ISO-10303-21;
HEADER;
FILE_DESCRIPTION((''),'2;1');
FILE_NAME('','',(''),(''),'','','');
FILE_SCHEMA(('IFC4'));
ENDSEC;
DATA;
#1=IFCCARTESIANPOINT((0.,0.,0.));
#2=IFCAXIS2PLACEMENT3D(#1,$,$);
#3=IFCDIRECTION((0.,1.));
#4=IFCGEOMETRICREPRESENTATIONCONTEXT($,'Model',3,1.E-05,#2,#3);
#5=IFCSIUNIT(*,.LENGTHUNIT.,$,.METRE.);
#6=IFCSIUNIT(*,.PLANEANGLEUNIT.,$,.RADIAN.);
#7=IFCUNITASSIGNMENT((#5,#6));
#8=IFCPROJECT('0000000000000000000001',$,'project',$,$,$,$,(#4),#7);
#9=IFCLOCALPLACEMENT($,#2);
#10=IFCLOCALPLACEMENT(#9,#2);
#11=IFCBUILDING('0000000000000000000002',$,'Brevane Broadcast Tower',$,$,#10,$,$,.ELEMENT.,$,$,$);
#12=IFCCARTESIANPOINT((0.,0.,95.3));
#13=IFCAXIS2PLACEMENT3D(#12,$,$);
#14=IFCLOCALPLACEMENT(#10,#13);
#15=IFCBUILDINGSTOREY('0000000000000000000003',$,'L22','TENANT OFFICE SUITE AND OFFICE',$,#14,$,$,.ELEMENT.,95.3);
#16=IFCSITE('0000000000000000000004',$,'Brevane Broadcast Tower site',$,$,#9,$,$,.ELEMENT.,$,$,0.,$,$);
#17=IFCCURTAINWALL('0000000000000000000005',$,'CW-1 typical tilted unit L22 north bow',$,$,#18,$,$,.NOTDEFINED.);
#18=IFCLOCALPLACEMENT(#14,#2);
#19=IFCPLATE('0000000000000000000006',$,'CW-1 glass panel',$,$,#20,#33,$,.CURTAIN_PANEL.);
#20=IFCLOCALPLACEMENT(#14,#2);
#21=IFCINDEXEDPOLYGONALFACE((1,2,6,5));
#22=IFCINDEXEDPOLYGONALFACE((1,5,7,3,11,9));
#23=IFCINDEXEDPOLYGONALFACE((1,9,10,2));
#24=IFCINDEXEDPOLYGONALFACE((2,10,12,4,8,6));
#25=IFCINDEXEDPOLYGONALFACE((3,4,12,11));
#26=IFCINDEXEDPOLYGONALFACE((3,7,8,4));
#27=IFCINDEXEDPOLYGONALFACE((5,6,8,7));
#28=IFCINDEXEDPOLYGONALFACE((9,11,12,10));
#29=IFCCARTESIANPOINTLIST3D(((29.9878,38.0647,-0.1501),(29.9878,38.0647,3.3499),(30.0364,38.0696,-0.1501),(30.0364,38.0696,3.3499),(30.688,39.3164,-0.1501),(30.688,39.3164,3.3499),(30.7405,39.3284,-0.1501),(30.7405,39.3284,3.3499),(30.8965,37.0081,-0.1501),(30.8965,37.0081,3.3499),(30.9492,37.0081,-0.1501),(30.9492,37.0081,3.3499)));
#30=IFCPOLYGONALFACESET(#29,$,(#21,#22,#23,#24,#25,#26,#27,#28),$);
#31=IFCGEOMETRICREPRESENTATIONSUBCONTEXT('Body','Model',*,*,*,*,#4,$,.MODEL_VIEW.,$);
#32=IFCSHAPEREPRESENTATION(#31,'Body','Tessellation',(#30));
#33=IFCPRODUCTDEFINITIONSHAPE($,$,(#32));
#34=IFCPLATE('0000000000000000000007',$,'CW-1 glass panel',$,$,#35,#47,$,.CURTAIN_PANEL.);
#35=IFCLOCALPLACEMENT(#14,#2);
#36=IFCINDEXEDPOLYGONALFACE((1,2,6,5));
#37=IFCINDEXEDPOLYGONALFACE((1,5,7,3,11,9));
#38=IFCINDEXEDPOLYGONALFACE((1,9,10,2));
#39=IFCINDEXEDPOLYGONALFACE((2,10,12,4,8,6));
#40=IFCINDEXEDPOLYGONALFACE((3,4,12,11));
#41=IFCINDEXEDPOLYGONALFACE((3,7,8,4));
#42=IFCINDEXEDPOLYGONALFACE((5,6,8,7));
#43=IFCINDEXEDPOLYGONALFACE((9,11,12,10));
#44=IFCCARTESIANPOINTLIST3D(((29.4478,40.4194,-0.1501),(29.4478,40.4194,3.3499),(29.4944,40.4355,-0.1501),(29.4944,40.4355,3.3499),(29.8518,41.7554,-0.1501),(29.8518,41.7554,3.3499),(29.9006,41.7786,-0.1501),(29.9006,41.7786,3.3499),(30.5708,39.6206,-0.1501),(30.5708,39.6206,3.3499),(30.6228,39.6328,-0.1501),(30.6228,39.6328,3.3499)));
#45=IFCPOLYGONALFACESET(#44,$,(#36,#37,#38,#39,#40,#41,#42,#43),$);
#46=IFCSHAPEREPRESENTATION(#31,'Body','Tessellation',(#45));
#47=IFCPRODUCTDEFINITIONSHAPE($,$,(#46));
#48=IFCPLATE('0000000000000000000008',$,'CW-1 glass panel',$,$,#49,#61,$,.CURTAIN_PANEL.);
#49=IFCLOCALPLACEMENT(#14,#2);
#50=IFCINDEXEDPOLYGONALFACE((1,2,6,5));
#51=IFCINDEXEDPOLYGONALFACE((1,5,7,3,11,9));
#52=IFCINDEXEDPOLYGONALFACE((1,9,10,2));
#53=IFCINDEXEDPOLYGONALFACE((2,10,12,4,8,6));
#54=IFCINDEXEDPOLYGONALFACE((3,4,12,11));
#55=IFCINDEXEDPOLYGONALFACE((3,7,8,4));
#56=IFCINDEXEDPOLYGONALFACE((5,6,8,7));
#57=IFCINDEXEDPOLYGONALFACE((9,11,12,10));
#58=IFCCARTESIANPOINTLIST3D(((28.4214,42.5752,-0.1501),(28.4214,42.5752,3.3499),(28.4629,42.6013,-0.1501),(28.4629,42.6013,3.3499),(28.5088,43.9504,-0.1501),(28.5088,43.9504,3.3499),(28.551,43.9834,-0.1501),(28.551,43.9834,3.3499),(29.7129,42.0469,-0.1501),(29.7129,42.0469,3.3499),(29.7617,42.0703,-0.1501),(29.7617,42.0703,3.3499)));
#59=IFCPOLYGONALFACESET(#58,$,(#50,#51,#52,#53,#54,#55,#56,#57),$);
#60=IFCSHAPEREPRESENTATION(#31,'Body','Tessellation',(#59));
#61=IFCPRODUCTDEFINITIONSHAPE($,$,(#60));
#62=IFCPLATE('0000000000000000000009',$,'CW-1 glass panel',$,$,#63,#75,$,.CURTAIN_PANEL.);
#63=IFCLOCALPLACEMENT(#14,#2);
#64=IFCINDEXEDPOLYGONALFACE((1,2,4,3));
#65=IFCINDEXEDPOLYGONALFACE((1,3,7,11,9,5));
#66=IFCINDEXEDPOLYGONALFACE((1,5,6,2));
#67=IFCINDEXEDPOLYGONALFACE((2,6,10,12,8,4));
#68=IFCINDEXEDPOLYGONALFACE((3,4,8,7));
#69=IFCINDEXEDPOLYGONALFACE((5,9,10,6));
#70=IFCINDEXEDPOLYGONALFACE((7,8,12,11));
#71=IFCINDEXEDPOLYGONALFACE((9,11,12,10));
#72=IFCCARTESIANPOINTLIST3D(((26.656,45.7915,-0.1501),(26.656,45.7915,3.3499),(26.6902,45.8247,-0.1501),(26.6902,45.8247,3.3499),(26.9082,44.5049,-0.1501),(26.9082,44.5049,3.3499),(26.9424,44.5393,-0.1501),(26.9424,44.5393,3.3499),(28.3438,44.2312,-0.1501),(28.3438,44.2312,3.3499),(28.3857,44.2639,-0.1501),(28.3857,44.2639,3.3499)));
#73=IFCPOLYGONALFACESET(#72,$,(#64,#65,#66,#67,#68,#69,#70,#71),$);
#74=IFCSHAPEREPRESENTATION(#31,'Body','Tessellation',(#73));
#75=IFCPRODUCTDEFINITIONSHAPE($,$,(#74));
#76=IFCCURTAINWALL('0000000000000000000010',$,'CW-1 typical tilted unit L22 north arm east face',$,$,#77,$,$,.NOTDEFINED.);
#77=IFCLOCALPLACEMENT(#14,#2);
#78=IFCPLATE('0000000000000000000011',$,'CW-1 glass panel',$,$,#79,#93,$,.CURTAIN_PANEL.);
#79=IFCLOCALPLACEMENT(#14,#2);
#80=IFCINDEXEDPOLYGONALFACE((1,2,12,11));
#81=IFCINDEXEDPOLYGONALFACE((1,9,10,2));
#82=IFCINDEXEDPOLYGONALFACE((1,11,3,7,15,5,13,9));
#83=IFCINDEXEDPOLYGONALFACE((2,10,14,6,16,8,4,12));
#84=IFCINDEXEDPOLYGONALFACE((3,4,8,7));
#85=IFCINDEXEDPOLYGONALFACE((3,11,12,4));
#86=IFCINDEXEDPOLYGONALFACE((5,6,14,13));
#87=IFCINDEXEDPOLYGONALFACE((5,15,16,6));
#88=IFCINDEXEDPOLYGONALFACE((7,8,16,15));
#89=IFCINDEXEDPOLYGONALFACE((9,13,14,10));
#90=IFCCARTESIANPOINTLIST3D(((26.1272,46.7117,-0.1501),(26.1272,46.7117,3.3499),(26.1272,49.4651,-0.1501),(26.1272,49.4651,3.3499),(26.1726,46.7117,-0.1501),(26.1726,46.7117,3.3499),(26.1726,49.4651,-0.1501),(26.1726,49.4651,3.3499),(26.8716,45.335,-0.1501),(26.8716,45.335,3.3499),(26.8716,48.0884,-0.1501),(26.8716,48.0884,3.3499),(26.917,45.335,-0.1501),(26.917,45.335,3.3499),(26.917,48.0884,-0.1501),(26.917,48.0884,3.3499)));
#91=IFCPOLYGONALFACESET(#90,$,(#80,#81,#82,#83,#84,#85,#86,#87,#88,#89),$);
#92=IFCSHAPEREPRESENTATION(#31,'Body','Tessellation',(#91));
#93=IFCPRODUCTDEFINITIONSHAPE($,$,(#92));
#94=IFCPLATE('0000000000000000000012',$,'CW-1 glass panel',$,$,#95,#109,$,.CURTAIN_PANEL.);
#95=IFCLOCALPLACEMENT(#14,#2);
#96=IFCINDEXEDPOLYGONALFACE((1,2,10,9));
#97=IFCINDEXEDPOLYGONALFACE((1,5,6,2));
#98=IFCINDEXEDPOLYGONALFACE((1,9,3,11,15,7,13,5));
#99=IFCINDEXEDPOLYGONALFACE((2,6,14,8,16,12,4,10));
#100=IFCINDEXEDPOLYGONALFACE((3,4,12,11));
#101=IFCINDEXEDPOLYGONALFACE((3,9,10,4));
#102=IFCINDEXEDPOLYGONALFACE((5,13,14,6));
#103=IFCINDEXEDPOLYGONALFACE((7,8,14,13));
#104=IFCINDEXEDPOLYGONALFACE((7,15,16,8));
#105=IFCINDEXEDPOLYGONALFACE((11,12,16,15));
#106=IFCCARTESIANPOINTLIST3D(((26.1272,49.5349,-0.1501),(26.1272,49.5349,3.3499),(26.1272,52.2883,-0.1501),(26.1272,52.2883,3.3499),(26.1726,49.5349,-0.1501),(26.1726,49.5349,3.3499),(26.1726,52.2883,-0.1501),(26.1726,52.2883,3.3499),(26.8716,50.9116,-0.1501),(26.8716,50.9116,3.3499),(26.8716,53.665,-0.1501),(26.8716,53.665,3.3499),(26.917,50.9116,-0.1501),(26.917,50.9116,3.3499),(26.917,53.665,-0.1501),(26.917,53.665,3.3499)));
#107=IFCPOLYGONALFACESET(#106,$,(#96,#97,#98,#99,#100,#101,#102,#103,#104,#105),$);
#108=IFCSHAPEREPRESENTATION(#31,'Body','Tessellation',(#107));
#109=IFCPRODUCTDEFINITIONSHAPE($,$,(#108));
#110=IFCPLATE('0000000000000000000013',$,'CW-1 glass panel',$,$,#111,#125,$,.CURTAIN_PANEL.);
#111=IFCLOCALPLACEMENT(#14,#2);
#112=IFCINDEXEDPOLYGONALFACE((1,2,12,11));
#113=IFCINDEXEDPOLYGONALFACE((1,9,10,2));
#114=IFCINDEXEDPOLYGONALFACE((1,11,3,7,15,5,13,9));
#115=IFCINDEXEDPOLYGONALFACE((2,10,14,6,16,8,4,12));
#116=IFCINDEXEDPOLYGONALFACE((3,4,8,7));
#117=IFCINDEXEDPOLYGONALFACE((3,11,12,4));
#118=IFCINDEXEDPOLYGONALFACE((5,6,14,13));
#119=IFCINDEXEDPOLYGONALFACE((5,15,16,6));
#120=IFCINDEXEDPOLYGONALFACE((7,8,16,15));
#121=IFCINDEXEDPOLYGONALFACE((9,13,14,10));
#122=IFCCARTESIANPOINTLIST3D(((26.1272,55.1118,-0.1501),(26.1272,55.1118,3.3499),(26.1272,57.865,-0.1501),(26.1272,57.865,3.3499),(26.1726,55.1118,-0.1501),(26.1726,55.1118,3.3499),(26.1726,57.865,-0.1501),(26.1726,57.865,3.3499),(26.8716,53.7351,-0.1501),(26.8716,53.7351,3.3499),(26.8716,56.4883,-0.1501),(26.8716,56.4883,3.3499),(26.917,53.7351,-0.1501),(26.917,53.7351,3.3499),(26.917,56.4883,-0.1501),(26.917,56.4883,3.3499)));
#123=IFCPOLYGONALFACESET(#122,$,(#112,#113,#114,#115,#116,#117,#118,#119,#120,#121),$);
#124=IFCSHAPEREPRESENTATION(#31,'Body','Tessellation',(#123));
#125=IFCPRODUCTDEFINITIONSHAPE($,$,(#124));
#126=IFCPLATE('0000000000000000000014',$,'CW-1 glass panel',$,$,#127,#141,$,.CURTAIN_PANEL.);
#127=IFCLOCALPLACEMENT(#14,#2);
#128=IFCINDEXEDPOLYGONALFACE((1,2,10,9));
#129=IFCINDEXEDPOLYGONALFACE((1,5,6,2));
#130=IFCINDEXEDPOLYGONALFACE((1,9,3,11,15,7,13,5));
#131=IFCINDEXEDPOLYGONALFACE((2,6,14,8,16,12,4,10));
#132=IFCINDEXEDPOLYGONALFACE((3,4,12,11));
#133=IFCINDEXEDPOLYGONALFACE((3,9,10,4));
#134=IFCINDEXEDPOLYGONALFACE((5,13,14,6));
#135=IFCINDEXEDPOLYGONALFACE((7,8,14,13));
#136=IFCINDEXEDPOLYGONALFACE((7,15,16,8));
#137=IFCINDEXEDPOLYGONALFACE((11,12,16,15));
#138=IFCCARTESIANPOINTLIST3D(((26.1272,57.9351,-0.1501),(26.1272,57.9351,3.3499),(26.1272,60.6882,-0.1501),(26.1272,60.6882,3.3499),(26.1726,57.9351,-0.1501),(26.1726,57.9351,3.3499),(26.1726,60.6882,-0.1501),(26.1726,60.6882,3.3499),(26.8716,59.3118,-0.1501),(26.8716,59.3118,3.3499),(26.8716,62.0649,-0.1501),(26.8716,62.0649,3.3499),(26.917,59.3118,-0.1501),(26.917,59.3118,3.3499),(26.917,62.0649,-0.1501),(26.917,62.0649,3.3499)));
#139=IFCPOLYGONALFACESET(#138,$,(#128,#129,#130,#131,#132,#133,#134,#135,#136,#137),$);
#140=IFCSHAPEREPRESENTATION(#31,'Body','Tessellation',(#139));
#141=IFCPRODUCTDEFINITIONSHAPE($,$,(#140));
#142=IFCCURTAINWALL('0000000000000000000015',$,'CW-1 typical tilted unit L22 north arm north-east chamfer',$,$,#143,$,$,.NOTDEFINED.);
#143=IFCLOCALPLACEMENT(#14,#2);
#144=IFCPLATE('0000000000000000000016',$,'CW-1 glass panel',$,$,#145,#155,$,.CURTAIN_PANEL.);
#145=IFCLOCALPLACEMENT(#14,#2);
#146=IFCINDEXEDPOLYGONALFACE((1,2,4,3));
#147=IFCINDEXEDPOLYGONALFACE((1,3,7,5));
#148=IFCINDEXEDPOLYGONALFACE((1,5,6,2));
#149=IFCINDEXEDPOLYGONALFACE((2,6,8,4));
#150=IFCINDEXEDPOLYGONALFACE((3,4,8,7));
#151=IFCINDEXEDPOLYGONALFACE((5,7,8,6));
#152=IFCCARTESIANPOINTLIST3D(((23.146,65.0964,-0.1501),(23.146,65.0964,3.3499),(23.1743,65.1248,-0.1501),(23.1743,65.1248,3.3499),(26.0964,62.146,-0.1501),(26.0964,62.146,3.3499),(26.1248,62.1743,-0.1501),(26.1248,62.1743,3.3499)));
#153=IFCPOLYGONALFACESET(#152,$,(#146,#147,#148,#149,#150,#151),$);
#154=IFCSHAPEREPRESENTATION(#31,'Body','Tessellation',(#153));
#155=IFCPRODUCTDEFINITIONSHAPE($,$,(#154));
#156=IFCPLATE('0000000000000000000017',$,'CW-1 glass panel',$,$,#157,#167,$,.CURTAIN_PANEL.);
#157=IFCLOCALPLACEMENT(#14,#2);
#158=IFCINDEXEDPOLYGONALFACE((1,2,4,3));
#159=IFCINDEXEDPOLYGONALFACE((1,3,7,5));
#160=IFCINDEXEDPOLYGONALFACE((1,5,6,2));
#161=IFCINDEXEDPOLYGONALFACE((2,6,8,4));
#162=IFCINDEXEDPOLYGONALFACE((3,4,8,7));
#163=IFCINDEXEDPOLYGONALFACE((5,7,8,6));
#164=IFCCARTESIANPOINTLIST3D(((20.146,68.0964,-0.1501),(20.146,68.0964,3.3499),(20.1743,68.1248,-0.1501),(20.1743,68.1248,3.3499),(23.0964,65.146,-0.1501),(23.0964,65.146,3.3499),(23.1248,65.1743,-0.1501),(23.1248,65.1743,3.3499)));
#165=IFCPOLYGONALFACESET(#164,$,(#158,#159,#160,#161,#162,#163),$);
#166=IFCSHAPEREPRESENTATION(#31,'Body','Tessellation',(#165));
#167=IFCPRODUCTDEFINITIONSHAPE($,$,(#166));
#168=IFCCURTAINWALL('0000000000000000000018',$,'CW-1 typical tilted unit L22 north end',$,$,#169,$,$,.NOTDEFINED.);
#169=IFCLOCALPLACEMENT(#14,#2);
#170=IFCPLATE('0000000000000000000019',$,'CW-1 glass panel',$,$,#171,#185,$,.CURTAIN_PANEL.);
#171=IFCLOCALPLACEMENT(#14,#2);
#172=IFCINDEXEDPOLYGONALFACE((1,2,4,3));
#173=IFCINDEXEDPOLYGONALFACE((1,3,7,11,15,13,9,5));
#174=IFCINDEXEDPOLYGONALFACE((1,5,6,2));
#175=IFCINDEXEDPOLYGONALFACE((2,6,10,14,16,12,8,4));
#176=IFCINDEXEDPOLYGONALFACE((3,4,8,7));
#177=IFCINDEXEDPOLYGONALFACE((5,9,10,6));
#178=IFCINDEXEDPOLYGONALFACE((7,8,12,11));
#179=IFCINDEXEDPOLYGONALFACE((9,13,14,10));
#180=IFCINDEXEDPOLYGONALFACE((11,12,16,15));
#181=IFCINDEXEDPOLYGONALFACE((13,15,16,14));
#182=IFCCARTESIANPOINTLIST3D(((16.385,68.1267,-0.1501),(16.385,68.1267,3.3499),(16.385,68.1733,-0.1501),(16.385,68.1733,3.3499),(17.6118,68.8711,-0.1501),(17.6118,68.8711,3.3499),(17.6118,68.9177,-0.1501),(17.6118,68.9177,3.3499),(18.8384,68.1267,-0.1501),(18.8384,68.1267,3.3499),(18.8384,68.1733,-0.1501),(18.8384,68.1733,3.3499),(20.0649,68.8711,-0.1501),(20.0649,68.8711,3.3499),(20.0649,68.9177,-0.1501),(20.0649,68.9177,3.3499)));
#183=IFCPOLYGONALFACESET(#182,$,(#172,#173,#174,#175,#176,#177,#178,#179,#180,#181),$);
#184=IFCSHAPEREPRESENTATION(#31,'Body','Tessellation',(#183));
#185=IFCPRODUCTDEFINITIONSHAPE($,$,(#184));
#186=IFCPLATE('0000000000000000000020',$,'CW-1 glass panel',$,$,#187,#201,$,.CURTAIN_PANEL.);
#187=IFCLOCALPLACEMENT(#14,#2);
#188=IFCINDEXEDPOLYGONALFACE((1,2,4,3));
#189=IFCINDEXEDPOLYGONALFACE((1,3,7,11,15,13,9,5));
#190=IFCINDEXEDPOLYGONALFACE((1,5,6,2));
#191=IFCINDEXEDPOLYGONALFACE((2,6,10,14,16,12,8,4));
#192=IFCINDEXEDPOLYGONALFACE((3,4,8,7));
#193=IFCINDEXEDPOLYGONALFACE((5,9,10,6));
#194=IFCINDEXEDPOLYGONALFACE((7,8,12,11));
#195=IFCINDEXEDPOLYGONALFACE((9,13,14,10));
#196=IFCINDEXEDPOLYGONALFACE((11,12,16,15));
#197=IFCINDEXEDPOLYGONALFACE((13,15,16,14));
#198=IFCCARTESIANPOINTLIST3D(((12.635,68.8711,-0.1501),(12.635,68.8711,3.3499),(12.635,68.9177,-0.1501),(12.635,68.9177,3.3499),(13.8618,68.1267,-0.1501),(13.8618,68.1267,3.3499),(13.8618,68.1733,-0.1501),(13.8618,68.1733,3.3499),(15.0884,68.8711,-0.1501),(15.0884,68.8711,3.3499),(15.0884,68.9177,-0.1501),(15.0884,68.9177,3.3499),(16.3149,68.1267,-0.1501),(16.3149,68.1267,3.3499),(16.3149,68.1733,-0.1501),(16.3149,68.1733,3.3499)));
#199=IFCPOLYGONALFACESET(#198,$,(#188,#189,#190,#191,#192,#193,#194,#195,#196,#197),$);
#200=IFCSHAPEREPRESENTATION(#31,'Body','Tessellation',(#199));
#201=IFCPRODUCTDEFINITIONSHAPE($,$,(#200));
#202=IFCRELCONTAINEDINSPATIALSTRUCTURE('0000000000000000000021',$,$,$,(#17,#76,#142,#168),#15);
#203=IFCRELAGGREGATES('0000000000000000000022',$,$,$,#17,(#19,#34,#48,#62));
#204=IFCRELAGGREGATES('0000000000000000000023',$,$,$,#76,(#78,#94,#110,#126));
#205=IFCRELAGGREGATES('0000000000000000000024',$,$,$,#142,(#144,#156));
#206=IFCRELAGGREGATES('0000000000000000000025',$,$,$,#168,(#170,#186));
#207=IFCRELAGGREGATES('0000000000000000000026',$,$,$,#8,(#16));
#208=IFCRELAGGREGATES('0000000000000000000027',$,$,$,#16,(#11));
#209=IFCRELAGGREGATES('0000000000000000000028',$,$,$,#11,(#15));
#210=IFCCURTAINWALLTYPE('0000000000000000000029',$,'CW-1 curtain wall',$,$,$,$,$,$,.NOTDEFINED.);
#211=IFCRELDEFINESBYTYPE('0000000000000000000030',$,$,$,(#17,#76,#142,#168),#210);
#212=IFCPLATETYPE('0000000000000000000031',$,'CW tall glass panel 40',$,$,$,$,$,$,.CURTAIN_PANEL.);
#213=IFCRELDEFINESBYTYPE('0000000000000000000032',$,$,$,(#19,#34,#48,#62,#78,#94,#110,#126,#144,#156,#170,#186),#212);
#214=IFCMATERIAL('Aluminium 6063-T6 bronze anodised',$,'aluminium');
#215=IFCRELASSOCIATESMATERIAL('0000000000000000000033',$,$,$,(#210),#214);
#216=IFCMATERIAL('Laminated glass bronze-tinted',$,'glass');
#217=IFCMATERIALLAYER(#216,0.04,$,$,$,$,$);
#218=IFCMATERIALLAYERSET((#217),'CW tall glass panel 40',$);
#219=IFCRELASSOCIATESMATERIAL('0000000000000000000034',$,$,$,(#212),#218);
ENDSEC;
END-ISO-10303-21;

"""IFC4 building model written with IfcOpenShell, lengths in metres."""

from ifc_helpers import new_model, si_unit, direction, frame, origin, place, context, subcontext, project, spatial, polyline, outline, extrude, material, layer, layer_set, type_object, element, aggregate, save


model = new_model("IFC4")

# Units and contexts
model_context = context("Model", 3, precision=1e-05, world=origin(), true_north=direction((0.0, 1.0)))
body_context = subcontext(model_context, "Body", "Model", "MODEL_VIEW")
ifc_project = project(units=[si_unit("LENGTHUNIT", "METRE"), si_unit("PLANEANGLEUNIT", "RADIAN")], contexts=[model_context])

# Site, building, storey
site_placement = place(None, origin())
site = spatial("IfcSite", under=ifc_project, at=site_placement, Name="Brevane Broadcast Tower site", CompositionType="ELEMENT", RefElevation=0.0)
building_placement = place(site_placement, origin())
building = spatial("IfcBuilding", under=site, at=building_placement, Name="Brevane Broadcast Tower", CompositionType="ELEMENT")
storey_placement = place(building_placement, frame((0.0, 0.0, 95.3)))
storey = spatial("IfcBuildingStorey", under=building, at=storey_placement, Name="L22", Description="TENANT OFFICE SUITE AND OFFICE", CompositionType="ELEMENT", Elevation=95.3)

# Shared definitions
ifc_material_1 = material(Name="Aluminium 6063-T6 bronze anodised", Category="aluminium")
curtain_wall_type = type_object("IfcCurtainWallType", Name="CW-1 curtain wall", PredefinedType="NOTDEFINED", material=ifc_material_1)

# Curtain walls, plates
ifc_material_2 = material(Name="Laminated glass bronze-tinted", Category="glass")
ifc_layer = layer(ifc_material_2, 0.04)
ifc_layer_set = layer_set([ifc_layer], Name="CW tall glass panel 40")
plate_type = type_object("IfcPlateType", Name="CW tall glass panel 40", PredefinedType="CURTAIN_PANEL", material=ifc_layer_set)
curtain_wall_1_placement = place(storey_placement, origin())
curtain_wall_1 = element("IfcCurtainWall", 1, at=curtain_wall_1_placement, inside=storey, type_object=curtain_wall_type, Name="CW-1 typical tilted unit L22 north bow", PredefinedType="NOTDEFINED")
plate_1_placement = place(storey_placement, frame((0.0, 0.0, -0.1501)))
plate_1 = element("IfcPlate", 2, at=plate_1_placement, type_object=plate_type, Name="CW-1 glass panel", PredefinedType="CURTAIN_PANEL", context=body_context, shape_type="SweptSolid", body=[
    extrude(outline(polyline([(30.8965, 37.0081), (30.9492, 37.0081), (30.0364, 38.0696), (30.7405, 39.3284), (30.688, 39.3164), (29.9878, 38.0647), (30.8965, 37.0081)])), origin(), (0.0, 0.0, 1.0), 3.5),
])
plate_2_placement = place(storey_placement, frame((0.0, 0.0, -0.1501)))
plate_2 = element("IfcPlate", 3, at=plate_2_placement, type_object=plate_type, Name="CW-1 glass panel", PredefinedType="CURTAIN_PANEL", context=body_context, shape_type="SweptSolid", body=[
    extrude(outline(polyline([(30.5708, 39.6206), (30.6228, 39.6328), (29.4944, 40.4355), (29.9006, 41.7786), (29.8518, 41.7554), (29.4478, 40.4194), (30.5708, 39.6206)])), origin(), (0.0, 0.0, 1.0), 3.5),
])
plate_3_placement = place(storey_placement, frame((0.0, 0.0, -0.1501)))
plate_3 = element("IfcPlate", 4, at=plate_3_placement, type_object=plate_type, Name="CW-1 glass panel", PredefinedType="CURTAIN_PANEL", context=body_context, shape_type="SweptSolid", body=[
    extrude(outline(polyline([(29.7129, 42.0469), (29.7617, 42.0703), (28.4629, 42.6013), (28.551, 43.9834), (28.5088, 43.9504), (28.4214, 42.5752), (29.7129, 42.0469)])), origin(), (0.0, 0.0, 1.0), 3.5),
])
plate_4_placement = place(storey_placement, frame((0.0, 0.0, -0.1501)))
plate_4 = element("IfcPlate", 5, at=plate_4_placement, type_object=plate_type, Name="CW-1 glass panel", PredefinedType="CURTAIN_PANEL", context=body_context, shape_type="SweptSolid", body=[
    extrude(outline(polyline([(28.3438, 44.2312), (28.3857, 44.2639), (26.9424, 44.5393), (26.6902, 45.8247), (26.656, 45.7915), (26.9082, 44.5049), (28.3438, 44.2312)])), origin(), (0.0, 0.0, 1.0), 3.5),
])
aggregate(curtain_wall_1, [plate_1, plate_2, plate_3, plate_4])
curtain_wall_2_placement = place(storey_placement, origin())
curtain_wall_2 = element("IfcCurtainWall", 6, at=curtain_wall_2_placement, inside=storey, type_object=curtain_wall_type, Name="CW-1 typical tilted unit L22 north arm east face", PredefinedType="NOTDEFINED")
plate_5_placement = place(storey_placement, frame((0.0, 0.0, -0.1501)))
plate_5 = element("IfcPlate", 7, at=plate_5_placement, type_object=plate_type, Name="CW-1 glass panel", PredefinedType="CURTAIN_PANEL", context=body_context, shape_type="SweptSolid", body=[
    extrude(outline(polyline([(26.8716, 45.335), (26.917, 45.335), (26.1726, 46.7117), (26.917, 48.0884), (26.1726, 49.4651), (26.1272, 49.4651), (26.8716, 48.0884), (26.1272, 46.7117), (26.8716, 45.335)])), origin(), (0.0, 0.0, 1.0), 3.5),
])
plate_6_placement = place(storey_placement, frame((0.0, 0.0, -0.1501)))
plate_6 = element("IfcPlate", 8, at=plate_6_placement, type_object=plate_type, Name="CW-1 glass panel", PredefinedType="CURTAIN_PANEL", context=body_context, shape_type="SweptSolid", body=[
    extrude(outline(polyline([(26.1272, 49.5349), (26.1726, 49.5349), (26.917, 50.9116), (26.1726, 52.2883), (26.917, 53.665), (26.8716, 53.665), (26.1272, 52.2883), (26.8716, 50.9116), (26.1272, 49.5349)])), origin(), (0.0, 0.0, 1.0), 3.5),
])
plate_7_placement = place(storey_placement, frame((0.0, 0.0, -0.1501)))
plate_7 = element("IfcPlate", 9, at=plate_7_placement, type_object=plate_type, Name="CW-1 glass panel", PredefinedType="CURTAIN_PANEL", context=body_context, shape_type="SweptSolid", body=[
    extrude(outline(polyline([(26.8716, 53.7351), (26.917, 53.7351), (26.1726, 55.1118), (26.917, 56.4883), (26.1726, 57.865), (26.1272, 57.865), (26.8716, 56.4883), (26.1272, 55.1118), (26.8716, 53.7351)])), origin(), (0.0, 0.0, 1.0), 3.5),
])
plate_8_placement = place(storey_placement, frame((0.0, 0.0, -0.1501)))
plate_8 = element("IfcPlate", 10, at=plate_8_placement, type_object=plate_type, Name="CW-1 glass panel", PredefinedType="CURTAIN_PANEL", context=body_context, shape_type="SweptSolid", body=[
    extrude(outline(polyline([(26.1272, 57.9351), (26.1726, 57.9351), (26.917, 59.3118), (26.1726, 60.6882), (26.917, 62.0649), (26.8716, 62.0649), (26.1272, 60.6882), (26.8716, 59.3118), (26.1272, 57.9351)])), origin(), (0.0, 0.0, 1.0), 3.5),
])
aggregate(curtain_wall_2, [plate_5, plate_6, plate_7, plate_8])
curtain_wall_3_placement = place(storey_placement, origin())
curtain_wall_3 = element("IfcCurtainWall", 11, at=curtain_wall_3_placement, inside=storey, type_object=curtain_wall_type, Name="CW-1 typical tilted unit L22 north arm north-east chamfer", PredefinedType="NOTDEFINED")
plate_9_placement = place(storey_placement, frame((0.0, 0.0, -0.1501)))
plate_9 = element("IfcPlate", 12, at=plate_9_placement, type_object=plate_type, Name="CW-1 glass panel", PredefinedType="CURTAIN_PANEL", context=body_context, shape_type="SweptSolid", body=[
    extrude(outline(polyline([(26.0964, 62.146), (23.146, 65.0964), (23.1743, 65.1248), (26.1248, 62.1743), (26.0964, 62.146)])), origin(), (0.0, 0.0, 1.0), 3.5),
])
plate_10_placement = place(storey_placement, frame((0.0, 0.0, -0.1501)))
plate_10 = element("IfcPlate", 13, at=plate_10_placement, type_object=plate_type, Name="CW-1 glass panel", PredefinedType="CURTAIN_PANEL", context=body_context, shape_type="SweptSolid", body=[
    extrude(outline(polyline([(23.0964, 65.146), (20.146, 68.0964), (20.1743, 68.1248), (23.1248, 65.1743), (23.0964, 65.146)])), origin(), (0.0, 0.0, 1.0), 3.5),
])
aggregate(curtain_wall_3, [plate_9, plate_10])
curtain_wall_4_placement = place(storey_placement, origin())
curtain_wall_4 = element("IfcCurtainWall", 14, at=curtain_wall_4_placement, inside=storey, type_object=curtain_wall_type, Name="CW-1 typical tilted unit L22 north end", PredefinedType="NOTDEFINED")
plate_11_placement = place(storey_placement, frame((0.0, 0.0, -0.1501)))
plate_11 = element("IfcPlate", 15, at=plate_11_placement, type_object=plate_type, Name="CW-1 glass panel", PredefinedType="CURTAIN_PANEL", context=body_context, shape_type="SweptSolid", body=[
    extrude(outline(polyline([(20.0649, 68.8711), (20.0649, 68.9177), (18.8384, 68.1733), (17.6118, 68.9177), (16.385, 68.1733), (16.385, 68.1267), (17.6118, 68.8711), (18.8384, 68.1267), (20.0649, 68.8711)])), origin(), (0.0, 0.0, 1.0), 3.5),
])
plate_12_placement = place(storey_placement, frame((0.0, 0.0, -0.1501)))
plate_12 = element("IfcPlate", 16, at=plate_12_placement, type_object=plate_type, Name="CW-1 glass panel", PredefinedType="CURTAIN_PANEL", context=body_context, shape_type="SweptSolid", body=[
    extrude(outline(polyline([(16.3149, 68.1267), (16.3149, 68.1733), (15.0884, 68.9177), (13.8618, 68.1733), (12.635, 68.9177), (12.635, 68.8711), (13.8618, 68.1267), (15.0884, 68.8711), (16.3149, 68.1267)])), origin(), (0.0, 0.0, 1.0), 3.5),
])
aggregate(curtain_wall_4, [plate_11, plate_12])

save(model, "model.ifc")
